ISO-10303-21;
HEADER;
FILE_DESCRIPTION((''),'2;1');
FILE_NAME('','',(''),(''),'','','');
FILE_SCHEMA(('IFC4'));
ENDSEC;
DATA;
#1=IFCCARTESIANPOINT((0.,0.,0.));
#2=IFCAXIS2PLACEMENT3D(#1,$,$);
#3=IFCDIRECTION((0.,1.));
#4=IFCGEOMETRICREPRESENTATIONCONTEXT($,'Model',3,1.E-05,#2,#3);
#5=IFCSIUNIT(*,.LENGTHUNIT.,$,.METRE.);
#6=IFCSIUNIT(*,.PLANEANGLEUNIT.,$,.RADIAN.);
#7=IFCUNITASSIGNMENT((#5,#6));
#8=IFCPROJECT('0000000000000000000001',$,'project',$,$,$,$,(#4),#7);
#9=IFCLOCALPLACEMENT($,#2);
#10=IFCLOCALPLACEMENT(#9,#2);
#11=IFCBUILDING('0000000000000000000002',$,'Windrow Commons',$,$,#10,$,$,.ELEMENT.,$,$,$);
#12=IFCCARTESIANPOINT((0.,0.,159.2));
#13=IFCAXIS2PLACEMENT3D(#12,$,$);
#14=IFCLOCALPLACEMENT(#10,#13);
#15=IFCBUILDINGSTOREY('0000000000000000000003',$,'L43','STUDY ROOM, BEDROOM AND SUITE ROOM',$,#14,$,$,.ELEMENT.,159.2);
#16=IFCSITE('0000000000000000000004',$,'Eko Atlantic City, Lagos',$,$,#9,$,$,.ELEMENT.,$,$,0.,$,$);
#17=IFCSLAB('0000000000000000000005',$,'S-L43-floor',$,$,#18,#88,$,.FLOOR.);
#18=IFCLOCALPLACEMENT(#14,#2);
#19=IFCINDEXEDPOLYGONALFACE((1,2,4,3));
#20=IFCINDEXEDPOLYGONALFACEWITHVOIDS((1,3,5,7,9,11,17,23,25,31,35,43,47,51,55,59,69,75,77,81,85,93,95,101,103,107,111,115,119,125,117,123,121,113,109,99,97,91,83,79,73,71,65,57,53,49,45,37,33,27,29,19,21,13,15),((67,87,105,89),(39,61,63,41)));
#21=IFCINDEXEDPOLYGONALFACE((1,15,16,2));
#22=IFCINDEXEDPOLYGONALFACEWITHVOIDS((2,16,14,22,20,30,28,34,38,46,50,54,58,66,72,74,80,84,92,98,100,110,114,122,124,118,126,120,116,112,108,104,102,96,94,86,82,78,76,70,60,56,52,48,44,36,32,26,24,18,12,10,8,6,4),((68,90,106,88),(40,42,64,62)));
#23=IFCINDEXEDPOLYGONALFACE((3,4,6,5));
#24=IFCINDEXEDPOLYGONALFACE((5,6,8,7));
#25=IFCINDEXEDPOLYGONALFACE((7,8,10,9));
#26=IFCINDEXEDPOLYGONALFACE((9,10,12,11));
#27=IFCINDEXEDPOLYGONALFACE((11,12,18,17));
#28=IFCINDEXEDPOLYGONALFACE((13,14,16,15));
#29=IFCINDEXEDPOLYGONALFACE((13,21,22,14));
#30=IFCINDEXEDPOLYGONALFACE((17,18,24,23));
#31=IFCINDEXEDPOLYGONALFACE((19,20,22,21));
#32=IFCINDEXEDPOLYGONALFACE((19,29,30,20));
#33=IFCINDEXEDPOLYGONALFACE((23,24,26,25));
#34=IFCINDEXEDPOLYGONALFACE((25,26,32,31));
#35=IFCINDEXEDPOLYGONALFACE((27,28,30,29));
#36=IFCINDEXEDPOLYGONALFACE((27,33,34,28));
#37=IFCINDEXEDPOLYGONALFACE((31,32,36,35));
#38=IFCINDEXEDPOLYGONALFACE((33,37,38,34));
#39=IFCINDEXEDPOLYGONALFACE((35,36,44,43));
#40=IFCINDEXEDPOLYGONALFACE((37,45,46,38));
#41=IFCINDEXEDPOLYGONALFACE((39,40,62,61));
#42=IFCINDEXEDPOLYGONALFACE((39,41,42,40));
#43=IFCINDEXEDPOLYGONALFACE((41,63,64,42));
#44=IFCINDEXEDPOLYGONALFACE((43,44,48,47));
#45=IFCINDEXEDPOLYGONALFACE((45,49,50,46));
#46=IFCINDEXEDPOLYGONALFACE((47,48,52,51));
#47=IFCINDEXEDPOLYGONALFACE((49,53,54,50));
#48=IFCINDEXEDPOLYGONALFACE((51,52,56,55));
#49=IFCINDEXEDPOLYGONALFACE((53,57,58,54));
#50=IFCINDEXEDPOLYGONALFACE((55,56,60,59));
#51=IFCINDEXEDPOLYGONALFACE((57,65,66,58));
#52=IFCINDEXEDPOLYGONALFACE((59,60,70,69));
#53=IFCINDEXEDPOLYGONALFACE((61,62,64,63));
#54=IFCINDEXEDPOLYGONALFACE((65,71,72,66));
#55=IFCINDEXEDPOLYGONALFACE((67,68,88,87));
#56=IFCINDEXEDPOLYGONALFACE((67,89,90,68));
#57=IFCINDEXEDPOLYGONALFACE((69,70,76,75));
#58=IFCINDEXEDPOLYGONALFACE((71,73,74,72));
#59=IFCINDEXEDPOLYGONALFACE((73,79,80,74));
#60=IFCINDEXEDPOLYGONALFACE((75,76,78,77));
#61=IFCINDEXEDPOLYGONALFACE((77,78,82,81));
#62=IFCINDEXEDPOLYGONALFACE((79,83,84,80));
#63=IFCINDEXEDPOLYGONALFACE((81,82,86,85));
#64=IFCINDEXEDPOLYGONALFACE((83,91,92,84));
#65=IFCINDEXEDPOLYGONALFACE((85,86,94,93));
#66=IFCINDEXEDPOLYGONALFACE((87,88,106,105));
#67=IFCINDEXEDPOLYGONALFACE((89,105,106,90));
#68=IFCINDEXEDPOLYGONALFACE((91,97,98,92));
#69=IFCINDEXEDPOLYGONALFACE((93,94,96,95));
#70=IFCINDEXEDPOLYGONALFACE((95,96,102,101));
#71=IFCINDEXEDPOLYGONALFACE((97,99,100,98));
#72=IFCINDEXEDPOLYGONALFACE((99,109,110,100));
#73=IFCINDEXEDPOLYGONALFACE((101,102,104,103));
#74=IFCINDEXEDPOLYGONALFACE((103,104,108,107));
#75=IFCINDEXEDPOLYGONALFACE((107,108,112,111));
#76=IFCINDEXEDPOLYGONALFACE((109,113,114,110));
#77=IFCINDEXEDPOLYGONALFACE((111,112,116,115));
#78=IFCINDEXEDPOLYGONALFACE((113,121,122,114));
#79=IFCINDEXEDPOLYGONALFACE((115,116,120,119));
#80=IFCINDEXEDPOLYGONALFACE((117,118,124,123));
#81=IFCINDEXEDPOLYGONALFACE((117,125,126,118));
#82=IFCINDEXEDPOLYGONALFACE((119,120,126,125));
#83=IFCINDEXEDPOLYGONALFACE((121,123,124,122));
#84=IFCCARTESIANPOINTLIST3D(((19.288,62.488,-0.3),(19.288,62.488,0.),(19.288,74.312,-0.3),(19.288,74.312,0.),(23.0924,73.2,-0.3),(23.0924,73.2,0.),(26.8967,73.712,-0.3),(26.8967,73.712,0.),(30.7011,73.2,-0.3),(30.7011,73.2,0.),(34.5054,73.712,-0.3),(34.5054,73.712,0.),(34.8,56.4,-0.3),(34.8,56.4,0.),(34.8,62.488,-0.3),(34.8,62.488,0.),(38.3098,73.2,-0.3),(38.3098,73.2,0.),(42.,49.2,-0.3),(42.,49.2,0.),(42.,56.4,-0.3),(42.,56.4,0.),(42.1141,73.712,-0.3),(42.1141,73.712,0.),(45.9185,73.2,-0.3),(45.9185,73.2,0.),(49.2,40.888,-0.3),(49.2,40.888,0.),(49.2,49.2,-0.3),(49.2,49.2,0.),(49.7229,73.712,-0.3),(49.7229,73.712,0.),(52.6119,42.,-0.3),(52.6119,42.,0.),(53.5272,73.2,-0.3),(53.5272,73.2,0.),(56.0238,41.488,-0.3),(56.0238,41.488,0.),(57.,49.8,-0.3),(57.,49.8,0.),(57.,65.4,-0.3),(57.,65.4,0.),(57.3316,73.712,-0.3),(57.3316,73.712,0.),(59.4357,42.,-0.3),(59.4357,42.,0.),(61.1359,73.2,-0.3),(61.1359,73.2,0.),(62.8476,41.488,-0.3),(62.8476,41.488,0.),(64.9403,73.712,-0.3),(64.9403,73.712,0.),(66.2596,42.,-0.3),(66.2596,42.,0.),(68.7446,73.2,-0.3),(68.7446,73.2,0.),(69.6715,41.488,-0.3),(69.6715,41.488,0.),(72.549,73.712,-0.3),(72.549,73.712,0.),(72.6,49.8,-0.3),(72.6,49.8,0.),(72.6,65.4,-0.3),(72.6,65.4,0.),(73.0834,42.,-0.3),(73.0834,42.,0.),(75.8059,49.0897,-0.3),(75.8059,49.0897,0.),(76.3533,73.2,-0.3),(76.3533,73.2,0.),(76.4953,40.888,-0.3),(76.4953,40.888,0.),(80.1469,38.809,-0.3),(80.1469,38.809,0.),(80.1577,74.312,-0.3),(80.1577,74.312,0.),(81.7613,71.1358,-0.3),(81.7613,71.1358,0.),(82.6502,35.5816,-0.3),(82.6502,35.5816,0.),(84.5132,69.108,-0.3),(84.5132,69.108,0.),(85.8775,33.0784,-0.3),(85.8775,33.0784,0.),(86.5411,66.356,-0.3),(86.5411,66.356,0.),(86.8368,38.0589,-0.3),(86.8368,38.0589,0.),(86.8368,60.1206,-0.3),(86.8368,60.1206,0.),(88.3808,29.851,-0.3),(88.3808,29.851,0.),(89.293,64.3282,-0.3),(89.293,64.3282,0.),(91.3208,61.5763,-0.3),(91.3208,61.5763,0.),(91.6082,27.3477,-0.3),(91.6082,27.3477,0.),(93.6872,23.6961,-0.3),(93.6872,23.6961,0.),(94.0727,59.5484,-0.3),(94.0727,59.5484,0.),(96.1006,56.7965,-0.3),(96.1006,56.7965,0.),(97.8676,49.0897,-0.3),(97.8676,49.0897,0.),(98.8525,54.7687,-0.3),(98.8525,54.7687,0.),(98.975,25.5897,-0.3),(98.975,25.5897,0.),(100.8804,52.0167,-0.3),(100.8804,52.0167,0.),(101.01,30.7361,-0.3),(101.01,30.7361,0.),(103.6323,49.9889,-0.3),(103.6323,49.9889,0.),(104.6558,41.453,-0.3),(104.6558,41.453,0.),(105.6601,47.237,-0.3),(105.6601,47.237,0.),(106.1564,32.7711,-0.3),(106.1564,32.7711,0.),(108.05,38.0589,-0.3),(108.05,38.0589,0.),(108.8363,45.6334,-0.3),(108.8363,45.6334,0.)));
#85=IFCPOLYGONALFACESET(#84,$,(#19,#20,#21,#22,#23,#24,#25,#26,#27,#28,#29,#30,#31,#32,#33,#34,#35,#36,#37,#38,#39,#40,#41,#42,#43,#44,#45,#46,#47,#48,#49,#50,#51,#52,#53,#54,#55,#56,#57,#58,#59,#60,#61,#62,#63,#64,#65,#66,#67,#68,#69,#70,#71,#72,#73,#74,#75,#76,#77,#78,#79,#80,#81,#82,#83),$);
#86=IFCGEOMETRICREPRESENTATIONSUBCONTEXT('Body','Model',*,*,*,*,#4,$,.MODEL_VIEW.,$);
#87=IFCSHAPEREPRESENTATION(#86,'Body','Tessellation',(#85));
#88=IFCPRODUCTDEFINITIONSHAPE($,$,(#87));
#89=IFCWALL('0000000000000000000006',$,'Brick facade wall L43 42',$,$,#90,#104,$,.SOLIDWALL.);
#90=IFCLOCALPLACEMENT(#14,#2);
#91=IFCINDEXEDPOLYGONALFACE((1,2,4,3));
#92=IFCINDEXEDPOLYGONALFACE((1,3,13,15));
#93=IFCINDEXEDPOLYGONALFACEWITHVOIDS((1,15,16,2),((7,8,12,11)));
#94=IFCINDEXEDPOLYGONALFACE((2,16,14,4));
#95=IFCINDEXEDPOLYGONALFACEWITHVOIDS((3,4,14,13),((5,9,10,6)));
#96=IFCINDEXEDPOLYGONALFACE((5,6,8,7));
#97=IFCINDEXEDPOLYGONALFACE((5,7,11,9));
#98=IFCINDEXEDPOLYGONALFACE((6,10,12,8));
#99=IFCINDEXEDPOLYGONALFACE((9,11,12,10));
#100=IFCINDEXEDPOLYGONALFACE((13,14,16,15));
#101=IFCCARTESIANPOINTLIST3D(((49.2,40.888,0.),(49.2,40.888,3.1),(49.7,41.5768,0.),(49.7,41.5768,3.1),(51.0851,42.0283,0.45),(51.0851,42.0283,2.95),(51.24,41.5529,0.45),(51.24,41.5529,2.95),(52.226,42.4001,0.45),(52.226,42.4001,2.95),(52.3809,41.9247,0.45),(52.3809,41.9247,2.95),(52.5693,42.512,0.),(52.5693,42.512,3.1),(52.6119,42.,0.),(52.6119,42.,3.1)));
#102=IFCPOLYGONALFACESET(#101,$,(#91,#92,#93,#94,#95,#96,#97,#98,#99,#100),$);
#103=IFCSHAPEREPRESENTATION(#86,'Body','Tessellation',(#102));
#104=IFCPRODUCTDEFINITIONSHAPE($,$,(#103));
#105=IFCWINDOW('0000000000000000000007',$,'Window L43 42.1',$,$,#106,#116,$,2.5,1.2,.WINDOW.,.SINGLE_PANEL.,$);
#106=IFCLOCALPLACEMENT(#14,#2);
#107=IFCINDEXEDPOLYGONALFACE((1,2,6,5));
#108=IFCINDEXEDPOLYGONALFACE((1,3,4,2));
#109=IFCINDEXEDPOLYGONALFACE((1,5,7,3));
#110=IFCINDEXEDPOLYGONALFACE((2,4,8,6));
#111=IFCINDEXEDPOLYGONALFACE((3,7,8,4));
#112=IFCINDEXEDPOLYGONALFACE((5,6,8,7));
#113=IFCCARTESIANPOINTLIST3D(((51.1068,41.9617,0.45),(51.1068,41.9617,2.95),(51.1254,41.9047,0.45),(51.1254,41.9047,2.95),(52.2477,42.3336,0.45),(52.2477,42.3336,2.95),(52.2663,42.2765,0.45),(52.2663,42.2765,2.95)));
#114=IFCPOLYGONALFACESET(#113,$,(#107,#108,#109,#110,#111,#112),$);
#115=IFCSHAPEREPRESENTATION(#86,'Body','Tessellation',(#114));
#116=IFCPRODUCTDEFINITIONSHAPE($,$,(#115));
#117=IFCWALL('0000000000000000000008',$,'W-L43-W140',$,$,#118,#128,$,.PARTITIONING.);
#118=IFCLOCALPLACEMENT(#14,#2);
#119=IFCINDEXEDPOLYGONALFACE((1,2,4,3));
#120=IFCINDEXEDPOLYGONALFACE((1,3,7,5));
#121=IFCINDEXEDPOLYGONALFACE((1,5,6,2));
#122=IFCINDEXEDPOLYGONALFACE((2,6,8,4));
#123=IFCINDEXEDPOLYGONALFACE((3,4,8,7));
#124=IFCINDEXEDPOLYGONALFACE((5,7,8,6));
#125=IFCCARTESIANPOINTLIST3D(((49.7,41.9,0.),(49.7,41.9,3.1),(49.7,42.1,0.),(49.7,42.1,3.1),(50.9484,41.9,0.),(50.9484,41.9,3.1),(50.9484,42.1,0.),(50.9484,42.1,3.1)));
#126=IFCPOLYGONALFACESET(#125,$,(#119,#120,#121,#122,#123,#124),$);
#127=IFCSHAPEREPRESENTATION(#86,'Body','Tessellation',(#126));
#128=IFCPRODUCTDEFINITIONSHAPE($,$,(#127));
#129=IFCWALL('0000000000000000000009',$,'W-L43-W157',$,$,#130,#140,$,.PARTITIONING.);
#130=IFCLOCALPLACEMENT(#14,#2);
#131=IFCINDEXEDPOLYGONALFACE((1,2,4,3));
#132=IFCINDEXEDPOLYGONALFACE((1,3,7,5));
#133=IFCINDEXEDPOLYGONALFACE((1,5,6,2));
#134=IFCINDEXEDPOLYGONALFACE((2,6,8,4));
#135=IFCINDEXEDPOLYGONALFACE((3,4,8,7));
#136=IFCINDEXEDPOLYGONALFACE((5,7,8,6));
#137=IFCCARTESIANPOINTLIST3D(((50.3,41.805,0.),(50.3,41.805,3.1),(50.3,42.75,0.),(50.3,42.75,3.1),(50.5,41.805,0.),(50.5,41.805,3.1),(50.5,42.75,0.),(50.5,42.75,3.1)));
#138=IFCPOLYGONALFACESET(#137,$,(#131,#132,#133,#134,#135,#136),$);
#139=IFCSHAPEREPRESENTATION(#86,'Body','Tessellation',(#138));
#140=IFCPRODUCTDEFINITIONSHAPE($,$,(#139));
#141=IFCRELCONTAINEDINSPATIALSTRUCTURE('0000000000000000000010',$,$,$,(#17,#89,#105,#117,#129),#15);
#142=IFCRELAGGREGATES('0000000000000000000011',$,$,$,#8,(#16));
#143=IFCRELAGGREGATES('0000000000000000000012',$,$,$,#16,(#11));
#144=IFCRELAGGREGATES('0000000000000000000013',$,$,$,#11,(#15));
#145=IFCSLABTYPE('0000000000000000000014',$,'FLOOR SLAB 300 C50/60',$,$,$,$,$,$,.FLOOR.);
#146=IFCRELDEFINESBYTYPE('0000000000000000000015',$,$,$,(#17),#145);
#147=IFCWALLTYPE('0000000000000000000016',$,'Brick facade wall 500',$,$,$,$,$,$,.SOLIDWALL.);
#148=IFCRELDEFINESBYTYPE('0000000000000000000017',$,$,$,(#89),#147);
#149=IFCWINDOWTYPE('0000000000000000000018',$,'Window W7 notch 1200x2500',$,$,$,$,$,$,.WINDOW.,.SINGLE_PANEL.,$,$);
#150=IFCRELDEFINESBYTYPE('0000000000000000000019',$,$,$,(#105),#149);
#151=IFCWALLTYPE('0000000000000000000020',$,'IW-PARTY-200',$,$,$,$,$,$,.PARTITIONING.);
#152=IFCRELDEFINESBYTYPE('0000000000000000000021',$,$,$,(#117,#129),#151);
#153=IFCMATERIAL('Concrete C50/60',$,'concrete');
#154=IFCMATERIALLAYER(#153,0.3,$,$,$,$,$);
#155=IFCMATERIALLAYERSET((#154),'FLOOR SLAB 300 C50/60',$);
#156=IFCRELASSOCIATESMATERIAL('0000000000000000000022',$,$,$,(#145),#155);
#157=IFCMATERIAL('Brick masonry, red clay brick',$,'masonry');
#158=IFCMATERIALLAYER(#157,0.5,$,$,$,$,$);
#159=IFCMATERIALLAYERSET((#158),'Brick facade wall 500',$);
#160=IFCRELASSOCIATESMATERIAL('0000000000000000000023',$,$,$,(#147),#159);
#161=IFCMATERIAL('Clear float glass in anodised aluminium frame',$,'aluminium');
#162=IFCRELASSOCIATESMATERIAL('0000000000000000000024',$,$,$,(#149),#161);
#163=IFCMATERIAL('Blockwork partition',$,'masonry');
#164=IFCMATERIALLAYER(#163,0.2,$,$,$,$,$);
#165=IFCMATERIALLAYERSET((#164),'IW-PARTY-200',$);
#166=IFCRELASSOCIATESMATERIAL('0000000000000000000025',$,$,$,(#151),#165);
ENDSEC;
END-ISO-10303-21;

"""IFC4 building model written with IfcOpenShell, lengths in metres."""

from ifc_helpers import new_model, si_unit, direction, frame, frame_2d, origin, place, context, subcontext, project, spatial, polyline, rectangle, outline, extrude, material, layer, layer_set, type_object, element, fill, save


model = new_model("IFC4")

# Units and contexts
model_context = context("Model", 3, precision=1e-05, world=origin(), true_north=direction((0.0, 1.0)))
body_context = subcontext(model_context, "Body", "Model", "MODEL_VIEW")
ifc_project = project(units=[si_unit("LENGTHUNIT", "METRE"), si_unit("PLANEANGLEUNIT", "RADIAN")], contexts=[model_context])

# Site, building, storey
site_placement = place(None, origin())
site = spatial("IfcSite", under=ifc_project, at=site_placement, Name="Eko Atlantic City, Lagos", CompositionType="ELEMENT", RefElevation=0.0)
building_placement = place(site_placement, origin())
building = spatial("IfcBuilding", under=site, at=building_placement, Name="Windrow Commons", CompositionType="ELEMENT")
storey_placement = place(building_placement, frame((0.0, 0.0, 159.2)))
storey = spatial("IfcBuildingStorey", under=building, at=storey_placement, Name="L43", Description="STUDY ROOM, BEDROOM AND SUITE ROOM", CompositionType="ELEMENT", Elevation=159.2)

# Shared definitions
placement_1 = place(storey_placement, frame((0.0, 0.0, -0.3)))

# Slab, openings
ifc_material_1 = material(Name="Concrete C50/60", Category="concrete")
ifc_layer_1 = layer(ifc_material_1, 0.3)
ifc_layer_set_1 = layer_set([ifc_layer_1], Name="FLOOR SLAB 300 C50/60")
slab_type_1 = type_object("IfcSlabType", Name="FLOOR SLAB 300 C50/60", PredefinedType="FLOOR", material=ifc_layer_set_1)
slab_1 = element("IfcSlab", 1, at=placement_1, inside=storey, type_object=slab_type_1, Name="S-L43-floor", PredefinedType="FLOOR", context=body_context, shape_type="SweptSolid", body=[
    extrude(outline(polyline([(91.6082, 27.3477), (93.6872, 23.6961), (98.975, 25.5897), (101.01, 30.7361), (106.1564, 32.7711), (108.05, 38.0589), (104.6558, 41.453), (108.8363, 45.6334), (105.6601, 47.237), (103.6323, 49.9889), (100.8804, 52.0167), (98.8525, 54.7687), (96.1006, 56.7965), (94.0727, 59.5484), (91.3208, 61.5763), (89.293, 64.3282), (86.5411, 66.356), (84.5132, 69.108), (81.7613, 71.1358), (80.1577, 74.312), (76.3533, 73.2), (72.549, 73.712), (68.7446, 73.2), (64.9403, 73.712), (61.1359, 73.2), (57.3316, 73.712), (53.5272, 73.2), (49.7229, 73.712), (45.9185, 73.2), (42.1141, 73.712), (38.3098, 73.2), (34.5054, 73.712), (30.7011, 73.2), (26.8967, 73.712), (23.0924, 73.2), (19.288, 74.312), (19.288, 62.488), (34.8, 62.488), (34.8, 56.4), (42.0, 56.4), (42.0, 49.2), (49.2, 49.2), (49.2, 40.888), (52.6119, 42.0), (56.0238, 41.488), (59.4357, 42.0), (62.8476, 41.488), (66.2596, 42.0), (69.6715, 41.488), (73.0834, 42.0), (76.4953, 40.888), (80.1469, 38.809), (82.6502, 35.5816), (85.8775, 33.0784), (88.3808, 29.851), (91.6082, 27.3477)]), holes=[polyline([(75.8059, 49.0897), (86.8368, 60.1206), (97.8676, 49.0897), (86.8368, 38.0589), (75.8059, 49.0897)]), polyline([(57.0, 49.8), (57.0, 65.4), (72.6, 65.4), (72.6, 49.8), (57.0, 49.8)])]), origin(), (0.0, 0.0, 1.0), 0.3),
])
opening_1_placement = place(placement_1, origin())
element("IfcOpeningElement", 2, at=opening_1_placement, cuts=slab_1, PredefinedType="OPENING", context=body_context, shape_type="SweptSolid", body=[
    extrude(outline(polyline([(75.813, 49.0897), (86.8368, 60.1135), (97.8605, 49.0897), (86.8368, 38.066), (75.813, 49.0897)])), origin(), (0.0, 0.0, 1.0), 0.3),
])
opening_2_placement = place(placement_1, origin())
element("IfcOpeningElement", 3, at=opening_2_placement, cuts=slab_1, PredefinedType="OPENING", context=body_context, shape_type="SweptSolid", body=[
    extrude(outline(polyline([(57.005, 49.805), (57.005, 65.395), (72.595, 65.395), (72.595, 49.805), (57.005, 49.805)])), origin(), (0.0, 0.0, 1.0), 0.3),
])

# Wall, opening, window
ifc_material_2 = material(Name="Brick masonry, red clay brick", Category="masonry")
ifc_layer_2 = layer(ifc_material_2, 0.5)
ifc_layer_set_2 = layer_set([ifc_layer_2], Name="Brick facade wall 500")
wall_type_1 = type_object("IfcWallType", Name="Brick facade wall 500", PredefinedType="SOLIDWALL", material=ifc_layer_set_2)
wall_1_placement = place(storey_placement, frame((49.45, 41.2324, 0.0), z_axis=(0.0, 0.0, 1.0), x_axis=(0.950775, 0.309881, 0.0)))
wall_1 = element("IfcWall", 4, at=wall_1_placement, inside=storey, type_object=wall_type_1, Name="Brick facade wall L43 42", PredefinedType="SOLIDWALL", context=body_context, shape_type="SweptSolid", body=[
    extrude(outline(polyline([(-0.3444, -0.25), (3.2441, -0.25), (3.3623, 0.25), (0.3444, 0.25), (-0.3444, -0.25)])), origin(), (0.0, 0.0, 1.0), 3.1),
])
opening_3_placement = place(wall_1_placement, frame((1.8012, 0.0, 0.45)))
opening_3 = element("IfcOpeningElement", 5, at=opening_3_placement, cuts=wall_1, PredefinedType="OPENING", context=body_context, shape_type="SweptSolid", body=[
    extrude(rectangle(XDim=1.2, YDim=2.5, at=frame_2d((0.6, 1.25))), frame((0.0, 0.26, 0.0), z_axis=(0.0, -1.0, 0.0), x_axis=(1.0, 0.0, 0.0)), (0.0, 0.0, 1.0), 0.52),
])
ifc_material_3 = material(Name="Clear float glass in anodised aluminium frame", Category="aluminium")
window_type = type_object("IfcWindowType", Name="Window W7 notch 1200x2500", PartitioningType="SINGLE_PANEL", PredefinedType="WINDOW", material=ifc_material_3)
window_placement = place(opening_3_placement, origin())
window = element("IfcWindow", 6, at=window_placement, inside=storey, type_object=window_type, Name="Window L43 42.1", OverallHeight=2.5, OverallWidth=1.2, PartitioningType="SINGLE_PANEL", PredefinedType="WINDOW", context=body_context, shape_type="SweptSolid", body=[
    extrude(rectangle(XDim=1.2, YDim=2.5, at=frame_2d((0.6, 1.25))), frame((0.0, 0.18, 0.0), z_axis=(0.0, -1.0, 0.0), x_axis=(1.0, 0.0, 0.0)), (0.0, 0.0, 1.0), 0.06),
])
fill(opening_3, window)

# Walls
ifc_material_4 = material(Name="Blockwork partition", Category="masonry")
ifc_layer_3 = layer(ifc_material_4, 0.2)
ifc_layer_set_3 = layer_set([ifc_layer_3], Name="IW-PARTY-200")
wall_type_2 = type_object("IfcWallType", Name="IW-PARTY-200", PredefinedType="PARTITIONING", material=ifc_layer_set_3)
wall_2_placement = place(storey_placement, frame((49.7, 42.0, 0.0), z_axis=(0.0, 0.0, 1.0), x_axis=(1.0, 0.0, 0.0)))
element("IfcWall", 7, at=wall_2_placement, inside=storey, type_object=wall_type_2, Name="W-L43-W140", PredefinedType="PARTITIONING", context=body_context, shape_type="SweptSolid", body=[
    extrude(rectangle(XDim=1.2484, YDim=0.2, at=frame_2d((0.6242, 0.0))), origin(), (0.0, 0.0, 1.0), 3.1),
])
wall_3_placement = place(storey_placement, frame((50.4, 41.805, 0.0), z_axis=(0.0, 0.0, 1.0), x_axis=(0.0, 1.0, 0.0)))
element("IfcWall", 8, at=wall_3_placement, inside=storey, type_object=wall_type_2, Name="W-L43-W157", PredefinedType="PARTITIONING", context=body_context, shape_type="SweptSolid", body=[
    extrude(rectangle(XDim=0.945, YDim=0.2, at=frame_2d((0.4725, 0.0))), origin(), (0.0, 0.0, 1.0), 3.1),
])

save(model, "model.ifc")
